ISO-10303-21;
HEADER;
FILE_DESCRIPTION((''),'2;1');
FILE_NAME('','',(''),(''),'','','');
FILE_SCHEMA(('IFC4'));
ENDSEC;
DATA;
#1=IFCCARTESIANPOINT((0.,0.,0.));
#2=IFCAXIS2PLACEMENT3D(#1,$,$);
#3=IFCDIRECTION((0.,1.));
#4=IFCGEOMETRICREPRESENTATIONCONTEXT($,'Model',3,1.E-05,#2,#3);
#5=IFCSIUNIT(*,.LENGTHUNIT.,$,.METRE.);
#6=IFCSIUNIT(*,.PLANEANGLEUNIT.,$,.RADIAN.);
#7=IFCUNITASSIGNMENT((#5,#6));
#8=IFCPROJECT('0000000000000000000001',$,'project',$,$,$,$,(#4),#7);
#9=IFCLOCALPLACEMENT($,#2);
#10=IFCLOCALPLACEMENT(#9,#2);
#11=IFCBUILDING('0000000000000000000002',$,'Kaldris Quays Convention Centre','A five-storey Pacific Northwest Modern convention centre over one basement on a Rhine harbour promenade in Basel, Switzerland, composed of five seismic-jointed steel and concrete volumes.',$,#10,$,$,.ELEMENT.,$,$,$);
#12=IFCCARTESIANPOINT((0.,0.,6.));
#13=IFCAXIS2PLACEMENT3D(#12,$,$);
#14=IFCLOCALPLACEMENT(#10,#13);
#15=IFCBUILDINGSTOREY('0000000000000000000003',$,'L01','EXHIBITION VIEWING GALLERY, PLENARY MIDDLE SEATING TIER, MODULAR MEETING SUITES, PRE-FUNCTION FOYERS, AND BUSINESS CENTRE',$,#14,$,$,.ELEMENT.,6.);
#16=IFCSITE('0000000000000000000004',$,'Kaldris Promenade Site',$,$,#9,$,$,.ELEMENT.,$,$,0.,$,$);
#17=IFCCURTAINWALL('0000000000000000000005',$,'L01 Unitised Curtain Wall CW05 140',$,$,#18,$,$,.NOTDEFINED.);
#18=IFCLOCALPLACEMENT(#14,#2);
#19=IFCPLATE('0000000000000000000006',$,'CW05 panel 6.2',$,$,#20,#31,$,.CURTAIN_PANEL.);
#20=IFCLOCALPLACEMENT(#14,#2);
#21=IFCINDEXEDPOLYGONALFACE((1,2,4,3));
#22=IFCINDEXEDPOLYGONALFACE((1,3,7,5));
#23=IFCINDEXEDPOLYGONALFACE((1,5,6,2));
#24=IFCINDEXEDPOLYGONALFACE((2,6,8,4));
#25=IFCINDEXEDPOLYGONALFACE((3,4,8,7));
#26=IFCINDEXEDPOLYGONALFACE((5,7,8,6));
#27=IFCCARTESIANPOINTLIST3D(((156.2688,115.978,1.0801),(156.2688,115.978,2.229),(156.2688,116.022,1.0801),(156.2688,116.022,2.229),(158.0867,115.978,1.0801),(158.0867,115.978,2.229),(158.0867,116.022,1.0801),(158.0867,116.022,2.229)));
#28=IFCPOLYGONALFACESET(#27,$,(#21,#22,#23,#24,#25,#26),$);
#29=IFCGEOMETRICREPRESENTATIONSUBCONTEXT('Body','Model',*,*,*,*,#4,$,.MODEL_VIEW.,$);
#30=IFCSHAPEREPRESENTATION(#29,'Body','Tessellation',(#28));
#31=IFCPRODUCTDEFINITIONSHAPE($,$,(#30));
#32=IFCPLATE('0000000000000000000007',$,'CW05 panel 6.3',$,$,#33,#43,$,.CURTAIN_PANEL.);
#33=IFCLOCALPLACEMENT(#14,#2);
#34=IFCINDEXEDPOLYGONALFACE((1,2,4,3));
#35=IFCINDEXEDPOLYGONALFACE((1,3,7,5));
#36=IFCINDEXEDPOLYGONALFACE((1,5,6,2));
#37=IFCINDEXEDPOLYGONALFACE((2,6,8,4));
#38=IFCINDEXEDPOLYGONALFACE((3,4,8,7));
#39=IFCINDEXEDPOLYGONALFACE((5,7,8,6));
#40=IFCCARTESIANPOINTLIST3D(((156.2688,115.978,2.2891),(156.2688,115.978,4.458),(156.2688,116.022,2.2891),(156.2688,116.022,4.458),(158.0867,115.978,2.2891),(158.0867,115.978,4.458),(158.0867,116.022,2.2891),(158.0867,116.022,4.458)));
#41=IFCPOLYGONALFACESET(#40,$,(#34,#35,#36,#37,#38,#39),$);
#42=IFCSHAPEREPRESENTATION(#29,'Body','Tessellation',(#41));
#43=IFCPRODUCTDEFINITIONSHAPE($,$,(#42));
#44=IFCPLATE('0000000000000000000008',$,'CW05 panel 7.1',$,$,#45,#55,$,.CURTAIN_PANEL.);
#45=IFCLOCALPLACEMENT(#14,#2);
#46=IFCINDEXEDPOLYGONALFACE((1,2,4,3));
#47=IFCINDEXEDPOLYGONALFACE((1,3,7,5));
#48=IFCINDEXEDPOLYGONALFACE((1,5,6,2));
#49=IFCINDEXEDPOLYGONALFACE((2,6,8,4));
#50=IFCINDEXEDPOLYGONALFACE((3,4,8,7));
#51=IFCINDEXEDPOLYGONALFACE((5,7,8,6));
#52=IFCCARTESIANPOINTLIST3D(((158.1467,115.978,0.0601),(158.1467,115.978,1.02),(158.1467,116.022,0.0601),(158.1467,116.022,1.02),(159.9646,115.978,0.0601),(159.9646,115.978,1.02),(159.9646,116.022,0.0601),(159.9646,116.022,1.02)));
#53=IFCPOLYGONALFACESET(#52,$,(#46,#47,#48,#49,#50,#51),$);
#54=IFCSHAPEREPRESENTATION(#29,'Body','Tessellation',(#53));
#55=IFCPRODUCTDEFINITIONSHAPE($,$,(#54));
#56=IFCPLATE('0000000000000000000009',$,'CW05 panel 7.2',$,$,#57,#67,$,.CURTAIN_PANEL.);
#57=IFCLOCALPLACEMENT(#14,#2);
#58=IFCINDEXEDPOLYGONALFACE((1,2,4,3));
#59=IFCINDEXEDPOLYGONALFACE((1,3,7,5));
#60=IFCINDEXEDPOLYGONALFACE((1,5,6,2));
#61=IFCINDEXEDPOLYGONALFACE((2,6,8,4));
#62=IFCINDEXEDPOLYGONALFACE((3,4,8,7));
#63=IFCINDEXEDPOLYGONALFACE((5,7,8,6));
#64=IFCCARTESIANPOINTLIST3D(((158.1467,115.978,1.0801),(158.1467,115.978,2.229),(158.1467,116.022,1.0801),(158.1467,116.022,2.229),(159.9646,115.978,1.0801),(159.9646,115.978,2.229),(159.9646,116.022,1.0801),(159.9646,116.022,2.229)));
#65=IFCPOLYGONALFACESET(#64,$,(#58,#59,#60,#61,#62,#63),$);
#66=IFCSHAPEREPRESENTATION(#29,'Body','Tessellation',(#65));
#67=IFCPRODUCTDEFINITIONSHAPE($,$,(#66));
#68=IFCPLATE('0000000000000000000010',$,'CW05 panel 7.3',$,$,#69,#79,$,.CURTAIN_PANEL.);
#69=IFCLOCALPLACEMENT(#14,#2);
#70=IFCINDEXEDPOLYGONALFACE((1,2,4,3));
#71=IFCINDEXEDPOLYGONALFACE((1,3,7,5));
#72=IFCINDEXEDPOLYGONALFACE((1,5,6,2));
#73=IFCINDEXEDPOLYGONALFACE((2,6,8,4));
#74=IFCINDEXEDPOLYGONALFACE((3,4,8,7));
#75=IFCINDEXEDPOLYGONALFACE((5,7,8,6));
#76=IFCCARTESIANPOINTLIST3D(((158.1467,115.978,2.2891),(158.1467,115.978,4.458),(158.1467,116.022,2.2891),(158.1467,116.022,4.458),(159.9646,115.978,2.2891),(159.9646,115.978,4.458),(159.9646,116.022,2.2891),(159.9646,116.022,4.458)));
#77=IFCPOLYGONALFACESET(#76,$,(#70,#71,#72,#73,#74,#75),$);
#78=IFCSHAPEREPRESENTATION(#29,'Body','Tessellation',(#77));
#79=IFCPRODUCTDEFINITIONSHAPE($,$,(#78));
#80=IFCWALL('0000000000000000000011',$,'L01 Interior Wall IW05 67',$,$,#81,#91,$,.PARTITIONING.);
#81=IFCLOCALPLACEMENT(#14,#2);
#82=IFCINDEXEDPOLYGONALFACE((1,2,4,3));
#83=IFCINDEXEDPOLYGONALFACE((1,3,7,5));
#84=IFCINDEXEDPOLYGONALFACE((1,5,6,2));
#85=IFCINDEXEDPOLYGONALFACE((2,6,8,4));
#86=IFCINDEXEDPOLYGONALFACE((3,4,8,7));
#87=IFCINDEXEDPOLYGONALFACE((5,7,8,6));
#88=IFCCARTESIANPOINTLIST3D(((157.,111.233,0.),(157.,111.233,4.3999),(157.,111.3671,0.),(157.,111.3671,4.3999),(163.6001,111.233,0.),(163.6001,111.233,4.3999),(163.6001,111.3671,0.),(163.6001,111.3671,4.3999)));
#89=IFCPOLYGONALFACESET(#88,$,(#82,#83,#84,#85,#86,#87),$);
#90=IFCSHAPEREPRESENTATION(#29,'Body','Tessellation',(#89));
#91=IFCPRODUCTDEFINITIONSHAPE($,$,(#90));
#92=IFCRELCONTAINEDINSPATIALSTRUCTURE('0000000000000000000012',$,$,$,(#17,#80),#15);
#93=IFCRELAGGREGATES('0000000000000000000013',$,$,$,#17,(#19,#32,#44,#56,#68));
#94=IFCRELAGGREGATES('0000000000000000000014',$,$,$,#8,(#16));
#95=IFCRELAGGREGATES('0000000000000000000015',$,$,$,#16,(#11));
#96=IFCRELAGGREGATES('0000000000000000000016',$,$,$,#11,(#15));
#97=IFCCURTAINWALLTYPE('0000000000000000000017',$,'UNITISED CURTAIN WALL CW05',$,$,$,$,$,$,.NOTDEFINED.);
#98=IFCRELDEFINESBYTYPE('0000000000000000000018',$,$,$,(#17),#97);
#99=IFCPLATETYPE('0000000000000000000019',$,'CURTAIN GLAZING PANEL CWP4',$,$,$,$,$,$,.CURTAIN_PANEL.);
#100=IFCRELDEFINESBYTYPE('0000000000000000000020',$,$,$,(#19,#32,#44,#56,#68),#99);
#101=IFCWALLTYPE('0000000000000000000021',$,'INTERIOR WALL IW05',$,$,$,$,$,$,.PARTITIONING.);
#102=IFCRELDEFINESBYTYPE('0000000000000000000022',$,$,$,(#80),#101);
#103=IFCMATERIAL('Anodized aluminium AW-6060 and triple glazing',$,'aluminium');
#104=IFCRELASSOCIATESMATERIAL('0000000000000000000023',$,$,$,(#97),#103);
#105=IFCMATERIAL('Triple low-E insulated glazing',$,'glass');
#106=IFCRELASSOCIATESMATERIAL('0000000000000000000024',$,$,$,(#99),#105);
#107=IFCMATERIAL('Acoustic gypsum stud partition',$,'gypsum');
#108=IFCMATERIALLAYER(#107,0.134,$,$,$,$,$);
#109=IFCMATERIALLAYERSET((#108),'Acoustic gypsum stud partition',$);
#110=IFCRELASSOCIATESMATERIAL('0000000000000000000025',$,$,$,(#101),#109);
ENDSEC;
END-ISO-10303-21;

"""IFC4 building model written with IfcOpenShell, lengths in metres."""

from ifc_helpers import new_model, si_unit, direction, frame, frame_2d, origin, origin_2d, place, context, subcontext, project, spatial, rectangle, extrude, material, layer, layer_set, type_object, element, aggregate, save


model = new_model("IFC4")

# Units and contexts
model_context = context("Model", 3, precision=1e-05, world=origin(), true_north=direction((0.0, 1.0)))
body_context = subcontext(model_context, "Body", "Model", "MODEL_VIEW")
ifc_project = project(units=[si_unit("LENGTHUNIT", "METRE"), si_unit("PLANEANGLEUNIT", "RADIAN")], contexts=[model_context])

# Site, building, storey
site_placement = place(None, origin())
site = spatial("IfcSite", under=ifc_project, at=site_placement, Name="Kaldris Promenade Site", CompositionType="ELEMENT", RefElevation=0.0)
building_placement = place(site_placement, origin())
building = spatial("IfcBuilding", under=site, at=building_placement, Name="Kaldris Quays Convention Centre", Description="A five-storey Pacific Northwest Modern convention centre over one basement on a Rhine harbour promenade in Basel, Switzerland, composed of five seismic-jointed steel and concrete volumes.", CompositionType="ELEMENT")
storey_placement = place(building_placement, frame((0.0, 0.0, 6.0)))
storey = spatial("IfcBuildingStorey", under=building, at=storey_placement, Name="L01", Description="EXHIBITION VIEWING GALLERY, PLENARY MIDDLE SEATING TIER, MODULAR MEETING SUITES, PRE-FUNCTION FOYERS, AND BUSINESS CENTRE", CompositionType="ELEMENT", Elevation=6.0)

# Curtain wall
ifc_material_1 = material(Name="Anodized aluminium AW-6060 and triple glazing", Category="aluminium")
curtain_wall_type = type_object("IfcCurtainWallType", Name="UNITISED CURTAIN WALL CW05", PredefinedType="NOTDEFINED", material=ifc_material_1)
curtain_wall_placement = place(storey_placement, origin())
curtain_wall = element("IfcCurtainWall", 1, at=curtain_wall_placement, inside=storey, type_object=curtain_wall_type, Name="L01 Unitised Curtain Wall CW05 140", PredefinedType="NOTDEFINED")

# Plates
ifc_material_2 = material(Name="Triple low-E insulated glazing", Category="glass")
plate_type = type_object("IfcPlateType", Name="CURTAIN GLAZING PANEL CWP4", PredefinedType="CURTAIN_PANEL", material=ifc_material_2)
plate_1_placement = place(storey_placement, frame((157.1777, 116.0, 1.0801), z_axis=(0.0, 0.0, 1.0), x_axis=(1.0, 0.0, 0.0)))
plate_1 = element("IfcPlate", 2, at=plate_1_placement, type_object=plate_type, Name="CW05 panel 6.2", PredefinedType="CURTAIN_PANEL", context=body_context, shape_type="SweptSolid", body=[
    extrude(rectangle(XDim=1.8179, YDim=0.0439, at=origin_2d()), origin(), (0.0, 0.0, 1.0), 1.1489),
])
plate_2_placement = place(storey_placement, frame((157.1777, 116.0, 2.2891), z_axis=(0.0, 0.0, 1.0), x_axis=(1.0, 0.0, 0.0)))
plate_2 = element("IfcPlate", 3, at=plate_2_placement, type_object=plate_type, Name="CW05 panel 6.3", PredefinedType="CURTAIN_PANEL", context=body_context, shape_type="SweptSolid", body=[
    extrude(rectangle(XDim=1.8179, YDim=0.0439, at=origin_2d()), origin(), (0.0, 0.0, 1.0), 2.1689),
])
plate_3_placement = place(storey_placement, frame((159.0557, 116.0, 0.0601), z_axis=(0.0, 0.0, 1.0), x_axis=(1.0, 0.0, 0.0)))
plate_3 = element("IfcPlate", 4, at=plate_3_placement, type_object=plate_type, Name="CW05 panel 7.1", PredefinedType="CURTAIN_PANEL", context=body_context, shape_type="SweptSolid", body=[
    extrude(rectangle(XDim=1.8179, YDim=0.0439, at=origin_2d()), origin(), (0.0, 0.0, 1.0), 0.96),
])
plate_4_placement = place(storey_placement, frame((159.0557, 116.0, 1.0801), z_axis=(0.0, 0.0, 1.0), x_axis=(1.0, 0.0, 0.0)))
plate_4 = element("IfcPlate", 5, at=plate_4_placement, type_object=plate_type, Name="CW05 panel 7.2", PredefinedType="CURTAIN_PANEL", context=body_context, shape_type="SweptSolid", body=[
    extrude(rectangle(XDim=1.8179, YDim=0.0439, at=origin_2d()), origin(), (0.0, 0.0, 1.0), 1.1489),
])
plate_5_placement = place(storey_placement, frame((159.0557, 116.0, 2.2891), z_axis=(0.0, 0.0, 1.0), x_axis=(1.0, 0.0, 0.0)))
plate_5 = element("IfcPlate", 6, at=plate_5_placement, type_object=plate_type, Name="CW05 panel 7.3", PredefinedType="CURTAIN_PANEL", context=body_context, shape_type="SweptSolid", body=[
    extrude(rectangle(XDim=1.8179, YDim=0.0439, at=origin_2d()), origin(), (0.0, 0.0, 1.0), 2.1689),
])
aggregate(curtain_wall, [plate_1, plate_2, plate_3, plate_4, plate_5])

# Wall
ifc_material_3 = material(Name="Acoustic gypsum stud partition", Category="gypsum")
ifc_layer = layer(ifc_material_3, 0.134)
ifc_layer_set = layer_set([ifc_layer], Name="Acoustic gypsum stud partition")
wall_type = type_object("IfcWallType", Name="INTERIOR WALL IW05", PredefinedType="PARTITIONING", material=ifc_layer_set)
wall_placement = place(storey_placement, frame((157.0, 111.3, 0.0), z_axis=(0.0, 0.0, 1.0), x_axis=(1.0, 0.0, 0.0)))
element("IfcWall", 7, at=wall_placement, inside=storey, type_object=wall_type, Name="L01 Interior Wall IW05 67", PredefinedType="PARTITIONING", context=body_context, shape_type="SweptSolid", body=[
    extrude(rectangle(XDim=6.6001, YDim=0.134, at=frame_2d((3.3, 0.0))), origin(), (0.0, 0.0, 1.0), 4.3999),
])

save(model, "model.ifc")
